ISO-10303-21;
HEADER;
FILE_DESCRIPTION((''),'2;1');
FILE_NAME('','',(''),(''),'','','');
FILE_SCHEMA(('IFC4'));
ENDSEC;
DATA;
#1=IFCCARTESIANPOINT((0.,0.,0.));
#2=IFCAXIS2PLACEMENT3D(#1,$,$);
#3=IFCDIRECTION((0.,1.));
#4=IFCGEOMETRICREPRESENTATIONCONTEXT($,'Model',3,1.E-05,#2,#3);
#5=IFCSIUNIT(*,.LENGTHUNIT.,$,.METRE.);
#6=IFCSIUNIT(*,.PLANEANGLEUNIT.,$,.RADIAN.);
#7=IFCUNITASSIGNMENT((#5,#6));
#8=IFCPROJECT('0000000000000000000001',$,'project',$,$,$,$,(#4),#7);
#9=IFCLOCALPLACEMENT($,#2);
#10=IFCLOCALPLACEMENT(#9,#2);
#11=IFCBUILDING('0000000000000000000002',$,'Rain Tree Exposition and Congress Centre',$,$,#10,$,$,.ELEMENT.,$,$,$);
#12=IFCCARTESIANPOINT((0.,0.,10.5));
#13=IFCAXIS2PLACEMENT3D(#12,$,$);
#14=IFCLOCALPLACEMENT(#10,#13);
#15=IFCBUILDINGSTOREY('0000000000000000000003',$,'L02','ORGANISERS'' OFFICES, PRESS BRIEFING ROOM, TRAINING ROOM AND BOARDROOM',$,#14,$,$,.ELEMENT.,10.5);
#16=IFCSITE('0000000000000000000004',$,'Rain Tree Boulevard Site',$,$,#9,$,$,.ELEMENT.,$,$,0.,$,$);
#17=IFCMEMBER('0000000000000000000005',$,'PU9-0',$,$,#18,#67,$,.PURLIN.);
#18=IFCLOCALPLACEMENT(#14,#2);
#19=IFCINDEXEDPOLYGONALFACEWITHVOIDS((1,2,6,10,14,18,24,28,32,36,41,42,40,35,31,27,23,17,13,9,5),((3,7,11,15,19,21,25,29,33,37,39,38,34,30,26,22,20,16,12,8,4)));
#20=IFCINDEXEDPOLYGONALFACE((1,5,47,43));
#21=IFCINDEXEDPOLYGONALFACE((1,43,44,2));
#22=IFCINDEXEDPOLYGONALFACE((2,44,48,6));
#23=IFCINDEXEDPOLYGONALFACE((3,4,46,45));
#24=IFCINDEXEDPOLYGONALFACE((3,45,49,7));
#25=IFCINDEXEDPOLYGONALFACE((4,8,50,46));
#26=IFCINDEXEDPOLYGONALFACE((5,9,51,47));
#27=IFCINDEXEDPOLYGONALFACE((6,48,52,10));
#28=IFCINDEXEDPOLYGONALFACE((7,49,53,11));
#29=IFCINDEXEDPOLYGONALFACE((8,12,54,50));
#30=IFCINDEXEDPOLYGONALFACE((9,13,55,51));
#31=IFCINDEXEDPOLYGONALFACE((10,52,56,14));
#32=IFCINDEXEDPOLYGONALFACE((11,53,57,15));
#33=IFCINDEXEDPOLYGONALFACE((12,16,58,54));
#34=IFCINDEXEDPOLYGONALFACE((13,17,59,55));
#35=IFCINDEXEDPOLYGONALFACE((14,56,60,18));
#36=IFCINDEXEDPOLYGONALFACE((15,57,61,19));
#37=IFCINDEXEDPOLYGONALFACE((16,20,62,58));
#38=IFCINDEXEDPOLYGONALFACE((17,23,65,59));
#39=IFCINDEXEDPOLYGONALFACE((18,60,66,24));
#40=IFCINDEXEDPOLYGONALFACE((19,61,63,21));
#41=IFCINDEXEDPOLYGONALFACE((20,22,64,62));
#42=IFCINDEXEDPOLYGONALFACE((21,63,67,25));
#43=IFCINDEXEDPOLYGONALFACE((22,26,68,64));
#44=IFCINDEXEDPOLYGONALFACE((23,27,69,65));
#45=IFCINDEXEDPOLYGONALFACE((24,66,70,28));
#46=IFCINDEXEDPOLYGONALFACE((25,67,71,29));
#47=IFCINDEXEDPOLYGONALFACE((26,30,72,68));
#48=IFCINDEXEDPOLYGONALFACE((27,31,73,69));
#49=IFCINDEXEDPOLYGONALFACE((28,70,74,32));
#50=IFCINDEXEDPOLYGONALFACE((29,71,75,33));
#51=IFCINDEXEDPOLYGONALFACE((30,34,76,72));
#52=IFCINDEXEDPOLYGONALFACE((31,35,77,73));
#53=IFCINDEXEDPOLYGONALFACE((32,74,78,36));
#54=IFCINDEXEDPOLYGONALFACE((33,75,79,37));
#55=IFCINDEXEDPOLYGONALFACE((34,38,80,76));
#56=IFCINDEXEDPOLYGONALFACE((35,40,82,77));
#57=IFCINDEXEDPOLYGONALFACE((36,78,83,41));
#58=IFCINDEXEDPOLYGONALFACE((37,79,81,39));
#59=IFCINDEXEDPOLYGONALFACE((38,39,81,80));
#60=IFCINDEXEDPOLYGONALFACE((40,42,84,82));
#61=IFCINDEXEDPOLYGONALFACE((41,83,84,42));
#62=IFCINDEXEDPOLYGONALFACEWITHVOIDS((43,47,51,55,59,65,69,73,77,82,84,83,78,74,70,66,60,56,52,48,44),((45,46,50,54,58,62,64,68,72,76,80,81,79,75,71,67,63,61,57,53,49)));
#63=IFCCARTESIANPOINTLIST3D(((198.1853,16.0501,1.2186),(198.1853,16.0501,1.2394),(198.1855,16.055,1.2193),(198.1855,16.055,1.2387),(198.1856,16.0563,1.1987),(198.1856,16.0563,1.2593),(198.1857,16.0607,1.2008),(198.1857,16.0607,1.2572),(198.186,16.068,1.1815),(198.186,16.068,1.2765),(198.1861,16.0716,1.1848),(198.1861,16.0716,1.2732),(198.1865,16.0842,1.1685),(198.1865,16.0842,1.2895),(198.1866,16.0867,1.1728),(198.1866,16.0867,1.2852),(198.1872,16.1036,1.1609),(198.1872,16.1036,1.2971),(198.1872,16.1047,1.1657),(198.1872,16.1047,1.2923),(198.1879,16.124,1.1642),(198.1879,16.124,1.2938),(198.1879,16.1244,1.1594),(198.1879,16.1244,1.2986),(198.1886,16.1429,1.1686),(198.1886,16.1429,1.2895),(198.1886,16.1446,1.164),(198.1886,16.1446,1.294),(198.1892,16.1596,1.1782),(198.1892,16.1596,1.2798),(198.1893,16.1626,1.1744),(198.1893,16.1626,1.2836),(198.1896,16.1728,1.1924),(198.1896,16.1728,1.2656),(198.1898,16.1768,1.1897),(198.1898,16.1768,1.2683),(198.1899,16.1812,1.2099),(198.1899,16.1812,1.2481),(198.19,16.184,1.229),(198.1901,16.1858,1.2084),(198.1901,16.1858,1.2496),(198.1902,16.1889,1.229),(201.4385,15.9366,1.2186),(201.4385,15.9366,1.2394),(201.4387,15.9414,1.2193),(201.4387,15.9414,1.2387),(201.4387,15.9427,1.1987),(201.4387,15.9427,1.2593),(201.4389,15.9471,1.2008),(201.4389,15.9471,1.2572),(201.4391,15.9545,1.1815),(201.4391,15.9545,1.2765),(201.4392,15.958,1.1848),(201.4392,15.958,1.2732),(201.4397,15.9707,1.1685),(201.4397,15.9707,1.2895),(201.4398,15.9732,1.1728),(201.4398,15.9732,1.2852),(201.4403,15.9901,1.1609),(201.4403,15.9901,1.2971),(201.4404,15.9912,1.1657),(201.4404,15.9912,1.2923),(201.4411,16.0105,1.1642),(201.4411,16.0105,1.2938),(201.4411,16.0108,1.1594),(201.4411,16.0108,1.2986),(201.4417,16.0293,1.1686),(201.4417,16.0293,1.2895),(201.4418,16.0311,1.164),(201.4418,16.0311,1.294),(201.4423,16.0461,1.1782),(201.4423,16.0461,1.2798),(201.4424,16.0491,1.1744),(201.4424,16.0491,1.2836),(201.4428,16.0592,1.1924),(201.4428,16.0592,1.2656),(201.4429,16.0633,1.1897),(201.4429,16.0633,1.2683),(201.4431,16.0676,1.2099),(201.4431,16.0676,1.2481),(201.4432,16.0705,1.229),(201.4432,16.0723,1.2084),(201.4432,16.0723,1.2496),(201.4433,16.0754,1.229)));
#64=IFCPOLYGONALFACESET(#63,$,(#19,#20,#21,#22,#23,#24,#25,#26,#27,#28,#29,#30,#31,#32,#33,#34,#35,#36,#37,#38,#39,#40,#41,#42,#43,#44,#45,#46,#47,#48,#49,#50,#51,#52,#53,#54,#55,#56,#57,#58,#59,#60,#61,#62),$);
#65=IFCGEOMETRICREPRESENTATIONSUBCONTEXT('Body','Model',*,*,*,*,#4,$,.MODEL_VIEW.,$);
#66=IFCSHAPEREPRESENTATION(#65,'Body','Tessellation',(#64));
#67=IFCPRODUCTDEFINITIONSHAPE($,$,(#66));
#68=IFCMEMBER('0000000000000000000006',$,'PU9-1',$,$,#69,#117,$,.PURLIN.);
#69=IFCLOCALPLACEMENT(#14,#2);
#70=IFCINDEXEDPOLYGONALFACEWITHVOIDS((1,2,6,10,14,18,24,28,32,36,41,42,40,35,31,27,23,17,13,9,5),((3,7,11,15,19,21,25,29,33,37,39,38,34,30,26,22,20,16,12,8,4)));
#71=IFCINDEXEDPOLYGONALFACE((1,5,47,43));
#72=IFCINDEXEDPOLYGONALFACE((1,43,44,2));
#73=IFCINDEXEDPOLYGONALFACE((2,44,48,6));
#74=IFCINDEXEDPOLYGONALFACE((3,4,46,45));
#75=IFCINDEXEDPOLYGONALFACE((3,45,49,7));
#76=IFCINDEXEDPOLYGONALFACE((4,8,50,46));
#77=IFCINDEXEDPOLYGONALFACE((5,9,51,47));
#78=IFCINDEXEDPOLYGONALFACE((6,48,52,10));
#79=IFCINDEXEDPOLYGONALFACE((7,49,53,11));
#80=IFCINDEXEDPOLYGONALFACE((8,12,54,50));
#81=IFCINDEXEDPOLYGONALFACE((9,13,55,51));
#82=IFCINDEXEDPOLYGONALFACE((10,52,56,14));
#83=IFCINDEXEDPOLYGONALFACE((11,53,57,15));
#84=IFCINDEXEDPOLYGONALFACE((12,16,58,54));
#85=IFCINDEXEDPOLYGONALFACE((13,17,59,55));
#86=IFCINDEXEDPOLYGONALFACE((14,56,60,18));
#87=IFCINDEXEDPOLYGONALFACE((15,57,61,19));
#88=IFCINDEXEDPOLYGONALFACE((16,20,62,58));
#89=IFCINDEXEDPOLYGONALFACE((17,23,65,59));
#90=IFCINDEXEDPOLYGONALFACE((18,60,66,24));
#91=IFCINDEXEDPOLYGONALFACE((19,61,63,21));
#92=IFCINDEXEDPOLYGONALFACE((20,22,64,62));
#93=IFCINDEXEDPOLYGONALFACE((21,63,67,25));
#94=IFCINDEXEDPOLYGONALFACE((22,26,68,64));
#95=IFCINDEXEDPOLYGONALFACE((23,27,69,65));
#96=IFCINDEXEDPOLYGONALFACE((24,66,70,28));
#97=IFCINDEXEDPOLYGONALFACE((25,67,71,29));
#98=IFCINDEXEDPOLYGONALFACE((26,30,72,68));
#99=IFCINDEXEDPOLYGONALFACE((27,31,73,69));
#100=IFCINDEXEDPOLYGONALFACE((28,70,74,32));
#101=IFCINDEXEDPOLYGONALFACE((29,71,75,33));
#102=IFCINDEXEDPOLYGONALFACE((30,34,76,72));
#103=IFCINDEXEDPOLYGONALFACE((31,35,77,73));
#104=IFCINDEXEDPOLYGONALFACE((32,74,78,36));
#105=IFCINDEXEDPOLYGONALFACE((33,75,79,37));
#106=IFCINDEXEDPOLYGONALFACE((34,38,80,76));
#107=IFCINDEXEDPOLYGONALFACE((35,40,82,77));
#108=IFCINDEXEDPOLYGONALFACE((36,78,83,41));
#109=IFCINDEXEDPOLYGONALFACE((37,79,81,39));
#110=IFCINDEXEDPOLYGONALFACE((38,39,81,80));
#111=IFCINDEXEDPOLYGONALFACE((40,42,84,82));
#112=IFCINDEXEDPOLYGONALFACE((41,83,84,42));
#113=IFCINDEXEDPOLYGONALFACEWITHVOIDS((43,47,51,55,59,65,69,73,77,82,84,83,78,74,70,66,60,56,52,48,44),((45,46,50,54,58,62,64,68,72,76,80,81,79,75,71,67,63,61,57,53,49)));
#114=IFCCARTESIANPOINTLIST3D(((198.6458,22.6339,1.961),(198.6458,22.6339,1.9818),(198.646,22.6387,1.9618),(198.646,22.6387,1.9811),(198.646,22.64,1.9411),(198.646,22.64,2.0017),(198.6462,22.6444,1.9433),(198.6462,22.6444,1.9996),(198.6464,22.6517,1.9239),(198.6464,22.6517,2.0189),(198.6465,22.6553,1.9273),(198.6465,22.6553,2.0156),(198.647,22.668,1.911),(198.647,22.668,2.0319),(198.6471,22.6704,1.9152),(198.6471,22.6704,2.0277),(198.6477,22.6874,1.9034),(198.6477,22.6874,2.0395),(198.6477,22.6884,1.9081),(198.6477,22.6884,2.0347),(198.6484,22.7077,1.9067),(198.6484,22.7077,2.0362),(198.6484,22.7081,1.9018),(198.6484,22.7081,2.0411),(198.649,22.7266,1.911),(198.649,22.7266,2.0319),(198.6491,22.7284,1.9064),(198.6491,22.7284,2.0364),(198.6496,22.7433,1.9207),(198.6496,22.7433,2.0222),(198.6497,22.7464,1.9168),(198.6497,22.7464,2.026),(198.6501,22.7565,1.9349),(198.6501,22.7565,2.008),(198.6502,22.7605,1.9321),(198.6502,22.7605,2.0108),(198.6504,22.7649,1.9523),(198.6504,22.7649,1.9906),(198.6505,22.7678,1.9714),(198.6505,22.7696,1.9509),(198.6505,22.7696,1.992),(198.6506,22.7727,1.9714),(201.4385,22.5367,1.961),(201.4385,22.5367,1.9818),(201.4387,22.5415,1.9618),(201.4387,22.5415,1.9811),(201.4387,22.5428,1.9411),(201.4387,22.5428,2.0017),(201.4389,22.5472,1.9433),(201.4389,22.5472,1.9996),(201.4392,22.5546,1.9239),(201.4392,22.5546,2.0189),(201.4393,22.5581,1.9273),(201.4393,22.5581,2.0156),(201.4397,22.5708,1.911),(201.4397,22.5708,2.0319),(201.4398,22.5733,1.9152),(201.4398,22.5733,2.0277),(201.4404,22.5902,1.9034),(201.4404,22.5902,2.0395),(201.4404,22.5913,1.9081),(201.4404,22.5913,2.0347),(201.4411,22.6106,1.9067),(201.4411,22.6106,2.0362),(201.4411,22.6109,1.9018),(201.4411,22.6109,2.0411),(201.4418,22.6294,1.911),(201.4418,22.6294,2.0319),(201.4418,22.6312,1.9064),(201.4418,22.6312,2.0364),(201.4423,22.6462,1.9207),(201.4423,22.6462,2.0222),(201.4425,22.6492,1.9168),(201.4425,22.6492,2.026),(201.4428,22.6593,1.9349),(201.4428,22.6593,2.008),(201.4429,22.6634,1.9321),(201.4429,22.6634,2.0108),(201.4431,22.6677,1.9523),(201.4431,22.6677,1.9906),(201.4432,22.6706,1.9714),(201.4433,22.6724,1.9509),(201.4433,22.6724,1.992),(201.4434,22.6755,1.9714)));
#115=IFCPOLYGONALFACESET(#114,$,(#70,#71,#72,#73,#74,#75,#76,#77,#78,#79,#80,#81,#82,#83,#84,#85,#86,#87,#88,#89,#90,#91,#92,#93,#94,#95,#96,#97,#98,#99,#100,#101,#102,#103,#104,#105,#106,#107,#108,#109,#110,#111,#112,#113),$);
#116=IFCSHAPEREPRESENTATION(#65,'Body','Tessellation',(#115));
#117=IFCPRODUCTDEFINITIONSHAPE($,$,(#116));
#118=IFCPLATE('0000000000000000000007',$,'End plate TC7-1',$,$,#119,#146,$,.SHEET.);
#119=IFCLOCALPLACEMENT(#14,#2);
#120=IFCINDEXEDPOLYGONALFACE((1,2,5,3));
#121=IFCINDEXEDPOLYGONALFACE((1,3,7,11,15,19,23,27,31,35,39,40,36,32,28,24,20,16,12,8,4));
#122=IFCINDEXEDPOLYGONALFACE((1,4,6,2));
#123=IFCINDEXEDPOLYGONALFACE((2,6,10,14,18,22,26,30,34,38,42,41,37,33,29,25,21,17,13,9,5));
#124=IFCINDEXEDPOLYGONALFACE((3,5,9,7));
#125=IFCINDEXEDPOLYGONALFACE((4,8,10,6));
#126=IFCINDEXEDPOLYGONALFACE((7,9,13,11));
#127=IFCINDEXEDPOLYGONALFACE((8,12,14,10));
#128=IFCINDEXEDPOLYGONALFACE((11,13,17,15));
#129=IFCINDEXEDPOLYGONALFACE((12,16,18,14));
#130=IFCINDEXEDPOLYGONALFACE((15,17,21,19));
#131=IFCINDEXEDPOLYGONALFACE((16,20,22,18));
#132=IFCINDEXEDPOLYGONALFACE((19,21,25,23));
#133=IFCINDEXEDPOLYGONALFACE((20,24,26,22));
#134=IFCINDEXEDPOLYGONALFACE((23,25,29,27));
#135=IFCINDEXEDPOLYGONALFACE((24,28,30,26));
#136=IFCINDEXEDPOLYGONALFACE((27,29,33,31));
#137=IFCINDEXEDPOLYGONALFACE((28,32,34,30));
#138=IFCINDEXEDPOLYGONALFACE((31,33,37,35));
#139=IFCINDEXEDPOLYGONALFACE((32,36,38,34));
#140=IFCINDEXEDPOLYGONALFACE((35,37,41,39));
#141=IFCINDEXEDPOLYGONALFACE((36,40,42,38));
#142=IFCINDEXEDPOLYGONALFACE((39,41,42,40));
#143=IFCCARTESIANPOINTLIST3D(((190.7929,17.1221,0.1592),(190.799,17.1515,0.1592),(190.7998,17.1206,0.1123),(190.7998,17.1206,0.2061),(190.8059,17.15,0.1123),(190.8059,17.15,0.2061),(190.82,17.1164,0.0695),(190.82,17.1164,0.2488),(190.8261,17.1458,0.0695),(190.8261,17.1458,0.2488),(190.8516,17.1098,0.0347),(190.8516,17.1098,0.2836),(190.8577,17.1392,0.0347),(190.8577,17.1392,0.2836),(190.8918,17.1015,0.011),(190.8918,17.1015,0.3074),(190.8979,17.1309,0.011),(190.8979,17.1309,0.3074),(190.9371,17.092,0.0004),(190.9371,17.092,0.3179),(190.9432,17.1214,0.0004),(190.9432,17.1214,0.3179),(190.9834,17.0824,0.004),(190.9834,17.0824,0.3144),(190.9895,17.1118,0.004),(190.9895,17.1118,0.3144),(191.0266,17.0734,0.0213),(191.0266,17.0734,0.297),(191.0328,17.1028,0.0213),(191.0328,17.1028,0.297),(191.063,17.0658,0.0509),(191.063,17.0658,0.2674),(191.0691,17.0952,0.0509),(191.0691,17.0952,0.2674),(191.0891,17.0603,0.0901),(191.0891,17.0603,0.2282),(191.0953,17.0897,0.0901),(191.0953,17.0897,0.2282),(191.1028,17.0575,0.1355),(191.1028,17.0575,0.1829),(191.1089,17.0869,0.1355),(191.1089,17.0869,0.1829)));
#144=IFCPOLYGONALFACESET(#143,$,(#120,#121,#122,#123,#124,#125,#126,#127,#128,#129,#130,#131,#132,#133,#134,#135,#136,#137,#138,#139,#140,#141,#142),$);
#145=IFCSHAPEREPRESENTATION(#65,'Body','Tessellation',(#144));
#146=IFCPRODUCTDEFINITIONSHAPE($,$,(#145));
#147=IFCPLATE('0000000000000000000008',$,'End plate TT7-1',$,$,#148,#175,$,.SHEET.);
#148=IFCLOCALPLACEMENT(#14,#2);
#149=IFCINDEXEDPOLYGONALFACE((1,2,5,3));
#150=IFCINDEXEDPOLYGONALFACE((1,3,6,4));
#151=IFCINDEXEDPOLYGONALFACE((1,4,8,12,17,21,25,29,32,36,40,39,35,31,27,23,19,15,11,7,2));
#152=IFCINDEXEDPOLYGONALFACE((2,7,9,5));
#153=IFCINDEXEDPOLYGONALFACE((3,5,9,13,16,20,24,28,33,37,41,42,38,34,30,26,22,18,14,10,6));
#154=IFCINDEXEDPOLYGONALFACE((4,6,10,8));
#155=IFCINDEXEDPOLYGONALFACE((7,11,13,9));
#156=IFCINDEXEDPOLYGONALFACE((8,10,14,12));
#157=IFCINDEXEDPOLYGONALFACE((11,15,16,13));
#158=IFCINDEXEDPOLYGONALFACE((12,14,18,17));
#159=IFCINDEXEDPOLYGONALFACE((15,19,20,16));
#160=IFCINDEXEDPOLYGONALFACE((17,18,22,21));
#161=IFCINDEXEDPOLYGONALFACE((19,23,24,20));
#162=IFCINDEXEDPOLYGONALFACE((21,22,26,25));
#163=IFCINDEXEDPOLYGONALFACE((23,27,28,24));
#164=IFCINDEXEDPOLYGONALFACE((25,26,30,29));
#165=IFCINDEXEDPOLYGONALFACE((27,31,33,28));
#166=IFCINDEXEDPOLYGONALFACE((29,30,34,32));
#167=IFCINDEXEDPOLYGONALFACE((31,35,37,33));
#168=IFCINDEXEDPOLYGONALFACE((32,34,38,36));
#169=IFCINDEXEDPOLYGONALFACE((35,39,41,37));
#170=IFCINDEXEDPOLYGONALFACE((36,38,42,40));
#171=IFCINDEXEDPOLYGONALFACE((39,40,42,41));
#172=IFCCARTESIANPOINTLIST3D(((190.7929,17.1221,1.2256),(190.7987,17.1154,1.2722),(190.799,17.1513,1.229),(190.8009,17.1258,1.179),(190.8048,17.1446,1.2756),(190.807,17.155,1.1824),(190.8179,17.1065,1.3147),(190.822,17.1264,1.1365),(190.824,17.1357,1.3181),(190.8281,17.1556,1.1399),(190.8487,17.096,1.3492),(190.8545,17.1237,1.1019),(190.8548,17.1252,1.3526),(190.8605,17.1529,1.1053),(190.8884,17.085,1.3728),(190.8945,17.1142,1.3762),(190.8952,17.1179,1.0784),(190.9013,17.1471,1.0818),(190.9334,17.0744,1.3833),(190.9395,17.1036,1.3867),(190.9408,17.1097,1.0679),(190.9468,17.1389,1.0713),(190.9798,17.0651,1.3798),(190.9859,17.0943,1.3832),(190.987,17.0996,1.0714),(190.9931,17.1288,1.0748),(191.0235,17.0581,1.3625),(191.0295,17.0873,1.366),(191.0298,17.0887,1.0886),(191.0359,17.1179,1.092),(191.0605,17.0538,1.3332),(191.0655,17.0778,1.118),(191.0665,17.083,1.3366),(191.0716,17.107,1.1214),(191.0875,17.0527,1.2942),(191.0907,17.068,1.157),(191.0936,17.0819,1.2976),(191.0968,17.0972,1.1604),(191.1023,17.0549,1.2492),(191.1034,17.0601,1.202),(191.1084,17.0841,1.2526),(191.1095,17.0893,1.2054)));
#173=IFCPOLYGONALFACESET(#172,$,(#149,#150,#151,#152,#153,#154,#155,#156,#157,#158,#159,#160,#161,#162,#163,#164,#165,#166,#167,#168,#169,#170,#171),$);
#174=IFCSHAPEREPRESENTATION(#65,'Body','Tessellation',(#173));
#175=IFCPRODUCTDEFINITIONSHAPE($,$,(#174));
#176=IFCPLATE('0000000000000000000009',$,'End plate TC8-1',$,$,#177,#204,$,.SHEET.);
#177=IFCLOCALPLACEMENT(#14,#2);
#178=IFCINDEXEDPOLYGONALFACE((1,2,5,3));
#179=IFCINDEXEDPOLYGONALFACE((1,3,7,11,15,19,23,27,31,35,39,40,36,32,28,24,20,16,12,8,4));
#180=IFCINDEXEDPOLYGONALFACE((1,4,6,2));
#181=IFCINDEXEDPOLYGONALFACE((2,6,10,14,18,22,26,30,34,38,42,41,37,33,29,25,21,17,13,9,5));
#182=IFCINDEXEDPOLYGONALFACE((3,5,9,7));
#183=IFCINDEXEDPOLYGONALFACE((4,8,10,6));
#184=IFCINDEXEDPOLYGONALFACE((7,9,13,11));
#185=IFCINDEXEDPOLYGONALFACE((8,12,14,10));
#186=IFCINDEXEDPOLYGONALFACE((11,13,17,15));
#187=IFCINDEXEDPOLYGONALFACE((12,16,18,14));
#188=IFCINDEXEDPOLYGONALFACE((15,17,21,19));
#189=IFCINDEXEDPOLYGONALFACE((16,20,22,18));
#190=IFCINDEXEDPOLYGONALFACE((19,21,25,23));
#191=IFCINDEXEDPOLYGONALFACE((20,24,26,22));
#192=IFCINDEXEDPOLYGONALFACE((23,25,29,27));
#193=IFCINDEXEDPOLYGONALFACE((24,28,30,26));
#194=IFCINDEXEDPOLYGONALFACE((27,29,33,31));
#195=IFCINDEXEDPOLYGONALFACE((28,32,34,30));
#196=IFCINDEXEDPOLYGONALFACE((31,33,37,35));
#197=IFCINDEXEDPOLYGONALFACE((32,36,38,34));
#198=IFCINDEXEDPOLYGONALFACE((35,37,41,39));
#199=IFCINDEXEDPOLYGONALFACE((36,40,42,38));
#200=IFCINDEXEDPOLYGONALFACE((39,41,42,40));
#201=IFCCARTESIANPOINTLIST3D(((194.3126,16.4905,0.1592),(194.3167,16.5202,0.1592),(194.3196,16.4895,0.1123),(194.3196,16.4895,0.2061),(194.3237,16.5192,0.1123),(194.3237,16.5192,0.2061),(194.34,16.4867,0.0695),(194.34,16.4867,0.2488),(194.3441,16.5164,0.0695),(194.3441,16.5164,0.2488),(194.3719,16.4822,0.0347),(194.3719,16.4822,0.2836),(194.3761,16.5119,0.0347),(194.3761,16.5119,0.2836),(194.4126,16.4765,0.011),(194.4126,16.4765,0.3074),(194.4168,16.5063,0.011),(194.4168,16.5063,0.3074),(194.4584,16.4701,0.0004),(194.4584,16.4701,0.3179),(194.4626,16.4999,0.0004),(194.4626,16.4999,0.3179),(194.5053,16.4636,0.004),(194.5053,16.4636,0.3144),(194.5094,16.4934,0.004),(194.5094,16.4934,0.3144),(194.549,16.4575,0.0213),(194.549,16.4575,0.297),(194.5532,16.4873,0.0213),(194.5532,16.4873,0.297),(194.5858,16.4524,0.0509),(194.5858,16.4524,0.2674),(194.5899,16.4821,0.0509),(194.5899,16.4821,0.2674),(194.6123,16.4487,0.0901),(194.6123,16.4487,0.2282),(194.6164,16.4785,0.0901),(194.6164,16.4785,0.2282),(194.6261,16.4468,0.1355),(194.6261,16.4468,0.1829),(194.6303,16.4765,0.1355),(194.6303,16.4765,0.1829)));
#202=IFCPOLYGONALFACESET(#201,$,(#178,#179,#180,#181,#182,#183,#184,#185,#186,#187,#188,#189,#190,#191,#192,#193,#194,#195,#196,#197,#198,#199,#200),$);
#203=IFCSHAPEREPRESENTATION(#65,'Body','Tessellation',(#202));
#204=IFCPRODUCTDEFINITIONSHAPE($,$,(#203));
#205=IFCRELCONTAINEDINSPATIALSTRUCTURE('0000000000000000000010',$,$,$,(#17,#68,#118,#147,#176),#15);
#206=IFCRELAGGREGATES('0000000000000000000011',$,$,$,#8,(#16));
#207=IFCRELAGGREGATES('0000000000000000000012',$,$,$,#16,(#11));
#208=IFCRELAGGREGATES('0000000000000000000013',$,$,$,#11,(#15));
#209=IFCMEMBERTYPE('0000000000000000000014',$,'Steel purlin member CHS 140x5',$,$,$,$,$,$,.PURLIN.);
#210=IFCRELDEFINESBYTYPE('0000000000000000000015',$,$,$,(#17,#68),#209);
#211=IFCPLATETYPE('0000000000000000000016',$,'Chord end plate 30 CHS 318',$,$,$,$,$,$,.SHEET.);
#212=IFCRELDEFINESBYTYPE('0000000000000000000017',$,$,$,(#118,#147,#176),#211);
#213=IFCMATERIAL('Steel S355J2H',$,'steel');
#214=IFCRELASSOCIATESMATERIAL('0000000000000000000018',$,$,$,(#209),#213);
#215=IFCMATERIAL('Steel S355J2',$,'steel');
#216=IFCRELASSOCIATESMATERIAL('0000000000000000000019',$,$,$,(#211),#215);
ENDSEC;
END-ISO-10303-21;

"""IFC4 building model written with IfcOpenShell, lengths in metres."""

from ifc_helpers import new_model, si_unit, direction, frame, origin, origin_2d, place, context, subcontext, project, spatial, circle, hollow_circle, extrude, material, material_profile, profile_set, type_object, element, save


model = new_model("IFC4")

# Units and contexts
model_context = context("Model", 3, precision=1e-05, world=origin(), true_north=direction((0.0, 1.0)))
body_context = subcontext(model_context, "Body", "Model", "MODEL_VIEW")
ifc_project = project(units=[si_unit("LENGTHUNIT", "METRE"), si_unit("PLANEANGLEUNIT", "RADIAN")], contexts=[model_context])

# Site, building, storey
site_placement = place(None, origin())
site = spatial("IfcSite", under=ifc_project, at=site_placement, Name="Rain Tree Boulevard Site", CompositionType="ELEMENT", RefElevation=0.0)
building_placement = place(site_placement, origin())
building = spatial("IfcBuilding", under=site, at=building_placement, Name="Rain Tree Exposition and Congress Centre", CompositionType="ELEMENT")
storey_placement = place(building_placement, frame((0.0, 0.0, 10.5)))
storey = spatial("IfcBuildingStorey", under=building, at=storey_placement, Name="L02", Description="ORGANISERS' OFFICES, PRESS BRIEFING ROOM, TRAINING ROOM AND BOARDROOM", CompositionType="ELEMENT", Elevation=10.5)

# Members
ifc_material_1 = material(Name="Steel S355J2H", Category="steel")
ifc_material_profile_1 = material_profile(ifc_material_1, hollow_circle(Radius=0.0698, WallThickness=0.0049, at=origin_2d()), Name="CHS 140x5")
ifc_profile_set_1 = profile_set([ifc_material_profile_1], Name="Steel S355J2H")
member_type_1 = type_object("IfcMemberType", Name="Steel purlin member CHS 140x5", PredefinedType="PURLIN", material=ifc_profile_set_1)
for number, where, z_axis, x_axis, name in (
    (1, (198.1877, 16.1191, 1.229), (0.999392, -0.034876, 0.0), (0.034876, 0.999392, 0.0), "PU9-0"),
):
    element("IfcMember", number, at=place(storey_placement, frame(where, z_axis=z_axis, x_axis=x_axis)), inside=storey, type_object=member_type_1, Name=name, PredefinedType="PURLIN", context=body_context, shape_type="SweptSolid", body=[
        extrude(hollow_circle(Radius=0.0698, WallThickness=0.0049, at=origin_2d()), origin(), (0.0, 0.0, 1.0), 3.2551),
    ])
member_1_placement = place(storey_placement, frame((198.6482, 22.7029, 1.9714), z_axis=(0.999395, -0.034772, 0.0), x_axis=(0.034772, 0.999395, 0.0)))
element("IfcMember", 2, at=member_1_placement, inside=storey, type_object=member_type_1, Name="PU9-1", PredefinedType="PURLIN", context=body_context, shape_type="SweptSolid", body=[
    extrude(hollow_circle(Radius=0.0698, WallThickness=0.0049, at=origin_2d()), origin(), (0.0, 0.0, 1.0), 2.7944),
])

# Plates
ifc_material_2 = material(Name="Steel S355J2", Category="steel")
ifc_material_profile_2 = material_profile(ifc_material_2, circle(Radius=0.1592, at=origin_2d()), Name="CIRCLE 318")
ifc_profile_set_2 = profile_set([ifc_material_profile_2], Name="Steel S355J2")
plate_type = type_object("IfcPlateType", Name="Chord end plate 30 CHS 318", PredefinedType="SHEET", material=ifc_profile_set_2)
for number, where, z_axis, x_axis, name in (
    (3, (190.9487, 17.0896, 0.1592), (0.203954, 0.97898, 0.0), (-0.97898, 0.203954, 0.0), "End plate TC7-1"),
    (4, (190.9487, 17.0896, 1.2256), (0.202637, 0.972657, 0.113477), (-0.97898, 0.203954, 0.0), "End plate TT7-1"),
    (5, (194.4702, 16.4685, 0.1592), (0.138011, 0.990431, 0.0), (-0.990431, 0.138011, 0.0), "End plate TC8-1"),
):
    element("IfcPlate", number, at=place(storey_placement, frame(where, z_axis=z_axis, x_axis=x_axis)), inside=storey, type_object=plate_type, Name=name, PredefinedType="SHEET", context=body_context, shape_type="SweptSolid", body=[
        extrude(circle(Radius=0.1592, at=origin_2d()), origin(), (0.0, 0.0, 1.0), 0.03),
    ])

save(model, "model.ifc")
